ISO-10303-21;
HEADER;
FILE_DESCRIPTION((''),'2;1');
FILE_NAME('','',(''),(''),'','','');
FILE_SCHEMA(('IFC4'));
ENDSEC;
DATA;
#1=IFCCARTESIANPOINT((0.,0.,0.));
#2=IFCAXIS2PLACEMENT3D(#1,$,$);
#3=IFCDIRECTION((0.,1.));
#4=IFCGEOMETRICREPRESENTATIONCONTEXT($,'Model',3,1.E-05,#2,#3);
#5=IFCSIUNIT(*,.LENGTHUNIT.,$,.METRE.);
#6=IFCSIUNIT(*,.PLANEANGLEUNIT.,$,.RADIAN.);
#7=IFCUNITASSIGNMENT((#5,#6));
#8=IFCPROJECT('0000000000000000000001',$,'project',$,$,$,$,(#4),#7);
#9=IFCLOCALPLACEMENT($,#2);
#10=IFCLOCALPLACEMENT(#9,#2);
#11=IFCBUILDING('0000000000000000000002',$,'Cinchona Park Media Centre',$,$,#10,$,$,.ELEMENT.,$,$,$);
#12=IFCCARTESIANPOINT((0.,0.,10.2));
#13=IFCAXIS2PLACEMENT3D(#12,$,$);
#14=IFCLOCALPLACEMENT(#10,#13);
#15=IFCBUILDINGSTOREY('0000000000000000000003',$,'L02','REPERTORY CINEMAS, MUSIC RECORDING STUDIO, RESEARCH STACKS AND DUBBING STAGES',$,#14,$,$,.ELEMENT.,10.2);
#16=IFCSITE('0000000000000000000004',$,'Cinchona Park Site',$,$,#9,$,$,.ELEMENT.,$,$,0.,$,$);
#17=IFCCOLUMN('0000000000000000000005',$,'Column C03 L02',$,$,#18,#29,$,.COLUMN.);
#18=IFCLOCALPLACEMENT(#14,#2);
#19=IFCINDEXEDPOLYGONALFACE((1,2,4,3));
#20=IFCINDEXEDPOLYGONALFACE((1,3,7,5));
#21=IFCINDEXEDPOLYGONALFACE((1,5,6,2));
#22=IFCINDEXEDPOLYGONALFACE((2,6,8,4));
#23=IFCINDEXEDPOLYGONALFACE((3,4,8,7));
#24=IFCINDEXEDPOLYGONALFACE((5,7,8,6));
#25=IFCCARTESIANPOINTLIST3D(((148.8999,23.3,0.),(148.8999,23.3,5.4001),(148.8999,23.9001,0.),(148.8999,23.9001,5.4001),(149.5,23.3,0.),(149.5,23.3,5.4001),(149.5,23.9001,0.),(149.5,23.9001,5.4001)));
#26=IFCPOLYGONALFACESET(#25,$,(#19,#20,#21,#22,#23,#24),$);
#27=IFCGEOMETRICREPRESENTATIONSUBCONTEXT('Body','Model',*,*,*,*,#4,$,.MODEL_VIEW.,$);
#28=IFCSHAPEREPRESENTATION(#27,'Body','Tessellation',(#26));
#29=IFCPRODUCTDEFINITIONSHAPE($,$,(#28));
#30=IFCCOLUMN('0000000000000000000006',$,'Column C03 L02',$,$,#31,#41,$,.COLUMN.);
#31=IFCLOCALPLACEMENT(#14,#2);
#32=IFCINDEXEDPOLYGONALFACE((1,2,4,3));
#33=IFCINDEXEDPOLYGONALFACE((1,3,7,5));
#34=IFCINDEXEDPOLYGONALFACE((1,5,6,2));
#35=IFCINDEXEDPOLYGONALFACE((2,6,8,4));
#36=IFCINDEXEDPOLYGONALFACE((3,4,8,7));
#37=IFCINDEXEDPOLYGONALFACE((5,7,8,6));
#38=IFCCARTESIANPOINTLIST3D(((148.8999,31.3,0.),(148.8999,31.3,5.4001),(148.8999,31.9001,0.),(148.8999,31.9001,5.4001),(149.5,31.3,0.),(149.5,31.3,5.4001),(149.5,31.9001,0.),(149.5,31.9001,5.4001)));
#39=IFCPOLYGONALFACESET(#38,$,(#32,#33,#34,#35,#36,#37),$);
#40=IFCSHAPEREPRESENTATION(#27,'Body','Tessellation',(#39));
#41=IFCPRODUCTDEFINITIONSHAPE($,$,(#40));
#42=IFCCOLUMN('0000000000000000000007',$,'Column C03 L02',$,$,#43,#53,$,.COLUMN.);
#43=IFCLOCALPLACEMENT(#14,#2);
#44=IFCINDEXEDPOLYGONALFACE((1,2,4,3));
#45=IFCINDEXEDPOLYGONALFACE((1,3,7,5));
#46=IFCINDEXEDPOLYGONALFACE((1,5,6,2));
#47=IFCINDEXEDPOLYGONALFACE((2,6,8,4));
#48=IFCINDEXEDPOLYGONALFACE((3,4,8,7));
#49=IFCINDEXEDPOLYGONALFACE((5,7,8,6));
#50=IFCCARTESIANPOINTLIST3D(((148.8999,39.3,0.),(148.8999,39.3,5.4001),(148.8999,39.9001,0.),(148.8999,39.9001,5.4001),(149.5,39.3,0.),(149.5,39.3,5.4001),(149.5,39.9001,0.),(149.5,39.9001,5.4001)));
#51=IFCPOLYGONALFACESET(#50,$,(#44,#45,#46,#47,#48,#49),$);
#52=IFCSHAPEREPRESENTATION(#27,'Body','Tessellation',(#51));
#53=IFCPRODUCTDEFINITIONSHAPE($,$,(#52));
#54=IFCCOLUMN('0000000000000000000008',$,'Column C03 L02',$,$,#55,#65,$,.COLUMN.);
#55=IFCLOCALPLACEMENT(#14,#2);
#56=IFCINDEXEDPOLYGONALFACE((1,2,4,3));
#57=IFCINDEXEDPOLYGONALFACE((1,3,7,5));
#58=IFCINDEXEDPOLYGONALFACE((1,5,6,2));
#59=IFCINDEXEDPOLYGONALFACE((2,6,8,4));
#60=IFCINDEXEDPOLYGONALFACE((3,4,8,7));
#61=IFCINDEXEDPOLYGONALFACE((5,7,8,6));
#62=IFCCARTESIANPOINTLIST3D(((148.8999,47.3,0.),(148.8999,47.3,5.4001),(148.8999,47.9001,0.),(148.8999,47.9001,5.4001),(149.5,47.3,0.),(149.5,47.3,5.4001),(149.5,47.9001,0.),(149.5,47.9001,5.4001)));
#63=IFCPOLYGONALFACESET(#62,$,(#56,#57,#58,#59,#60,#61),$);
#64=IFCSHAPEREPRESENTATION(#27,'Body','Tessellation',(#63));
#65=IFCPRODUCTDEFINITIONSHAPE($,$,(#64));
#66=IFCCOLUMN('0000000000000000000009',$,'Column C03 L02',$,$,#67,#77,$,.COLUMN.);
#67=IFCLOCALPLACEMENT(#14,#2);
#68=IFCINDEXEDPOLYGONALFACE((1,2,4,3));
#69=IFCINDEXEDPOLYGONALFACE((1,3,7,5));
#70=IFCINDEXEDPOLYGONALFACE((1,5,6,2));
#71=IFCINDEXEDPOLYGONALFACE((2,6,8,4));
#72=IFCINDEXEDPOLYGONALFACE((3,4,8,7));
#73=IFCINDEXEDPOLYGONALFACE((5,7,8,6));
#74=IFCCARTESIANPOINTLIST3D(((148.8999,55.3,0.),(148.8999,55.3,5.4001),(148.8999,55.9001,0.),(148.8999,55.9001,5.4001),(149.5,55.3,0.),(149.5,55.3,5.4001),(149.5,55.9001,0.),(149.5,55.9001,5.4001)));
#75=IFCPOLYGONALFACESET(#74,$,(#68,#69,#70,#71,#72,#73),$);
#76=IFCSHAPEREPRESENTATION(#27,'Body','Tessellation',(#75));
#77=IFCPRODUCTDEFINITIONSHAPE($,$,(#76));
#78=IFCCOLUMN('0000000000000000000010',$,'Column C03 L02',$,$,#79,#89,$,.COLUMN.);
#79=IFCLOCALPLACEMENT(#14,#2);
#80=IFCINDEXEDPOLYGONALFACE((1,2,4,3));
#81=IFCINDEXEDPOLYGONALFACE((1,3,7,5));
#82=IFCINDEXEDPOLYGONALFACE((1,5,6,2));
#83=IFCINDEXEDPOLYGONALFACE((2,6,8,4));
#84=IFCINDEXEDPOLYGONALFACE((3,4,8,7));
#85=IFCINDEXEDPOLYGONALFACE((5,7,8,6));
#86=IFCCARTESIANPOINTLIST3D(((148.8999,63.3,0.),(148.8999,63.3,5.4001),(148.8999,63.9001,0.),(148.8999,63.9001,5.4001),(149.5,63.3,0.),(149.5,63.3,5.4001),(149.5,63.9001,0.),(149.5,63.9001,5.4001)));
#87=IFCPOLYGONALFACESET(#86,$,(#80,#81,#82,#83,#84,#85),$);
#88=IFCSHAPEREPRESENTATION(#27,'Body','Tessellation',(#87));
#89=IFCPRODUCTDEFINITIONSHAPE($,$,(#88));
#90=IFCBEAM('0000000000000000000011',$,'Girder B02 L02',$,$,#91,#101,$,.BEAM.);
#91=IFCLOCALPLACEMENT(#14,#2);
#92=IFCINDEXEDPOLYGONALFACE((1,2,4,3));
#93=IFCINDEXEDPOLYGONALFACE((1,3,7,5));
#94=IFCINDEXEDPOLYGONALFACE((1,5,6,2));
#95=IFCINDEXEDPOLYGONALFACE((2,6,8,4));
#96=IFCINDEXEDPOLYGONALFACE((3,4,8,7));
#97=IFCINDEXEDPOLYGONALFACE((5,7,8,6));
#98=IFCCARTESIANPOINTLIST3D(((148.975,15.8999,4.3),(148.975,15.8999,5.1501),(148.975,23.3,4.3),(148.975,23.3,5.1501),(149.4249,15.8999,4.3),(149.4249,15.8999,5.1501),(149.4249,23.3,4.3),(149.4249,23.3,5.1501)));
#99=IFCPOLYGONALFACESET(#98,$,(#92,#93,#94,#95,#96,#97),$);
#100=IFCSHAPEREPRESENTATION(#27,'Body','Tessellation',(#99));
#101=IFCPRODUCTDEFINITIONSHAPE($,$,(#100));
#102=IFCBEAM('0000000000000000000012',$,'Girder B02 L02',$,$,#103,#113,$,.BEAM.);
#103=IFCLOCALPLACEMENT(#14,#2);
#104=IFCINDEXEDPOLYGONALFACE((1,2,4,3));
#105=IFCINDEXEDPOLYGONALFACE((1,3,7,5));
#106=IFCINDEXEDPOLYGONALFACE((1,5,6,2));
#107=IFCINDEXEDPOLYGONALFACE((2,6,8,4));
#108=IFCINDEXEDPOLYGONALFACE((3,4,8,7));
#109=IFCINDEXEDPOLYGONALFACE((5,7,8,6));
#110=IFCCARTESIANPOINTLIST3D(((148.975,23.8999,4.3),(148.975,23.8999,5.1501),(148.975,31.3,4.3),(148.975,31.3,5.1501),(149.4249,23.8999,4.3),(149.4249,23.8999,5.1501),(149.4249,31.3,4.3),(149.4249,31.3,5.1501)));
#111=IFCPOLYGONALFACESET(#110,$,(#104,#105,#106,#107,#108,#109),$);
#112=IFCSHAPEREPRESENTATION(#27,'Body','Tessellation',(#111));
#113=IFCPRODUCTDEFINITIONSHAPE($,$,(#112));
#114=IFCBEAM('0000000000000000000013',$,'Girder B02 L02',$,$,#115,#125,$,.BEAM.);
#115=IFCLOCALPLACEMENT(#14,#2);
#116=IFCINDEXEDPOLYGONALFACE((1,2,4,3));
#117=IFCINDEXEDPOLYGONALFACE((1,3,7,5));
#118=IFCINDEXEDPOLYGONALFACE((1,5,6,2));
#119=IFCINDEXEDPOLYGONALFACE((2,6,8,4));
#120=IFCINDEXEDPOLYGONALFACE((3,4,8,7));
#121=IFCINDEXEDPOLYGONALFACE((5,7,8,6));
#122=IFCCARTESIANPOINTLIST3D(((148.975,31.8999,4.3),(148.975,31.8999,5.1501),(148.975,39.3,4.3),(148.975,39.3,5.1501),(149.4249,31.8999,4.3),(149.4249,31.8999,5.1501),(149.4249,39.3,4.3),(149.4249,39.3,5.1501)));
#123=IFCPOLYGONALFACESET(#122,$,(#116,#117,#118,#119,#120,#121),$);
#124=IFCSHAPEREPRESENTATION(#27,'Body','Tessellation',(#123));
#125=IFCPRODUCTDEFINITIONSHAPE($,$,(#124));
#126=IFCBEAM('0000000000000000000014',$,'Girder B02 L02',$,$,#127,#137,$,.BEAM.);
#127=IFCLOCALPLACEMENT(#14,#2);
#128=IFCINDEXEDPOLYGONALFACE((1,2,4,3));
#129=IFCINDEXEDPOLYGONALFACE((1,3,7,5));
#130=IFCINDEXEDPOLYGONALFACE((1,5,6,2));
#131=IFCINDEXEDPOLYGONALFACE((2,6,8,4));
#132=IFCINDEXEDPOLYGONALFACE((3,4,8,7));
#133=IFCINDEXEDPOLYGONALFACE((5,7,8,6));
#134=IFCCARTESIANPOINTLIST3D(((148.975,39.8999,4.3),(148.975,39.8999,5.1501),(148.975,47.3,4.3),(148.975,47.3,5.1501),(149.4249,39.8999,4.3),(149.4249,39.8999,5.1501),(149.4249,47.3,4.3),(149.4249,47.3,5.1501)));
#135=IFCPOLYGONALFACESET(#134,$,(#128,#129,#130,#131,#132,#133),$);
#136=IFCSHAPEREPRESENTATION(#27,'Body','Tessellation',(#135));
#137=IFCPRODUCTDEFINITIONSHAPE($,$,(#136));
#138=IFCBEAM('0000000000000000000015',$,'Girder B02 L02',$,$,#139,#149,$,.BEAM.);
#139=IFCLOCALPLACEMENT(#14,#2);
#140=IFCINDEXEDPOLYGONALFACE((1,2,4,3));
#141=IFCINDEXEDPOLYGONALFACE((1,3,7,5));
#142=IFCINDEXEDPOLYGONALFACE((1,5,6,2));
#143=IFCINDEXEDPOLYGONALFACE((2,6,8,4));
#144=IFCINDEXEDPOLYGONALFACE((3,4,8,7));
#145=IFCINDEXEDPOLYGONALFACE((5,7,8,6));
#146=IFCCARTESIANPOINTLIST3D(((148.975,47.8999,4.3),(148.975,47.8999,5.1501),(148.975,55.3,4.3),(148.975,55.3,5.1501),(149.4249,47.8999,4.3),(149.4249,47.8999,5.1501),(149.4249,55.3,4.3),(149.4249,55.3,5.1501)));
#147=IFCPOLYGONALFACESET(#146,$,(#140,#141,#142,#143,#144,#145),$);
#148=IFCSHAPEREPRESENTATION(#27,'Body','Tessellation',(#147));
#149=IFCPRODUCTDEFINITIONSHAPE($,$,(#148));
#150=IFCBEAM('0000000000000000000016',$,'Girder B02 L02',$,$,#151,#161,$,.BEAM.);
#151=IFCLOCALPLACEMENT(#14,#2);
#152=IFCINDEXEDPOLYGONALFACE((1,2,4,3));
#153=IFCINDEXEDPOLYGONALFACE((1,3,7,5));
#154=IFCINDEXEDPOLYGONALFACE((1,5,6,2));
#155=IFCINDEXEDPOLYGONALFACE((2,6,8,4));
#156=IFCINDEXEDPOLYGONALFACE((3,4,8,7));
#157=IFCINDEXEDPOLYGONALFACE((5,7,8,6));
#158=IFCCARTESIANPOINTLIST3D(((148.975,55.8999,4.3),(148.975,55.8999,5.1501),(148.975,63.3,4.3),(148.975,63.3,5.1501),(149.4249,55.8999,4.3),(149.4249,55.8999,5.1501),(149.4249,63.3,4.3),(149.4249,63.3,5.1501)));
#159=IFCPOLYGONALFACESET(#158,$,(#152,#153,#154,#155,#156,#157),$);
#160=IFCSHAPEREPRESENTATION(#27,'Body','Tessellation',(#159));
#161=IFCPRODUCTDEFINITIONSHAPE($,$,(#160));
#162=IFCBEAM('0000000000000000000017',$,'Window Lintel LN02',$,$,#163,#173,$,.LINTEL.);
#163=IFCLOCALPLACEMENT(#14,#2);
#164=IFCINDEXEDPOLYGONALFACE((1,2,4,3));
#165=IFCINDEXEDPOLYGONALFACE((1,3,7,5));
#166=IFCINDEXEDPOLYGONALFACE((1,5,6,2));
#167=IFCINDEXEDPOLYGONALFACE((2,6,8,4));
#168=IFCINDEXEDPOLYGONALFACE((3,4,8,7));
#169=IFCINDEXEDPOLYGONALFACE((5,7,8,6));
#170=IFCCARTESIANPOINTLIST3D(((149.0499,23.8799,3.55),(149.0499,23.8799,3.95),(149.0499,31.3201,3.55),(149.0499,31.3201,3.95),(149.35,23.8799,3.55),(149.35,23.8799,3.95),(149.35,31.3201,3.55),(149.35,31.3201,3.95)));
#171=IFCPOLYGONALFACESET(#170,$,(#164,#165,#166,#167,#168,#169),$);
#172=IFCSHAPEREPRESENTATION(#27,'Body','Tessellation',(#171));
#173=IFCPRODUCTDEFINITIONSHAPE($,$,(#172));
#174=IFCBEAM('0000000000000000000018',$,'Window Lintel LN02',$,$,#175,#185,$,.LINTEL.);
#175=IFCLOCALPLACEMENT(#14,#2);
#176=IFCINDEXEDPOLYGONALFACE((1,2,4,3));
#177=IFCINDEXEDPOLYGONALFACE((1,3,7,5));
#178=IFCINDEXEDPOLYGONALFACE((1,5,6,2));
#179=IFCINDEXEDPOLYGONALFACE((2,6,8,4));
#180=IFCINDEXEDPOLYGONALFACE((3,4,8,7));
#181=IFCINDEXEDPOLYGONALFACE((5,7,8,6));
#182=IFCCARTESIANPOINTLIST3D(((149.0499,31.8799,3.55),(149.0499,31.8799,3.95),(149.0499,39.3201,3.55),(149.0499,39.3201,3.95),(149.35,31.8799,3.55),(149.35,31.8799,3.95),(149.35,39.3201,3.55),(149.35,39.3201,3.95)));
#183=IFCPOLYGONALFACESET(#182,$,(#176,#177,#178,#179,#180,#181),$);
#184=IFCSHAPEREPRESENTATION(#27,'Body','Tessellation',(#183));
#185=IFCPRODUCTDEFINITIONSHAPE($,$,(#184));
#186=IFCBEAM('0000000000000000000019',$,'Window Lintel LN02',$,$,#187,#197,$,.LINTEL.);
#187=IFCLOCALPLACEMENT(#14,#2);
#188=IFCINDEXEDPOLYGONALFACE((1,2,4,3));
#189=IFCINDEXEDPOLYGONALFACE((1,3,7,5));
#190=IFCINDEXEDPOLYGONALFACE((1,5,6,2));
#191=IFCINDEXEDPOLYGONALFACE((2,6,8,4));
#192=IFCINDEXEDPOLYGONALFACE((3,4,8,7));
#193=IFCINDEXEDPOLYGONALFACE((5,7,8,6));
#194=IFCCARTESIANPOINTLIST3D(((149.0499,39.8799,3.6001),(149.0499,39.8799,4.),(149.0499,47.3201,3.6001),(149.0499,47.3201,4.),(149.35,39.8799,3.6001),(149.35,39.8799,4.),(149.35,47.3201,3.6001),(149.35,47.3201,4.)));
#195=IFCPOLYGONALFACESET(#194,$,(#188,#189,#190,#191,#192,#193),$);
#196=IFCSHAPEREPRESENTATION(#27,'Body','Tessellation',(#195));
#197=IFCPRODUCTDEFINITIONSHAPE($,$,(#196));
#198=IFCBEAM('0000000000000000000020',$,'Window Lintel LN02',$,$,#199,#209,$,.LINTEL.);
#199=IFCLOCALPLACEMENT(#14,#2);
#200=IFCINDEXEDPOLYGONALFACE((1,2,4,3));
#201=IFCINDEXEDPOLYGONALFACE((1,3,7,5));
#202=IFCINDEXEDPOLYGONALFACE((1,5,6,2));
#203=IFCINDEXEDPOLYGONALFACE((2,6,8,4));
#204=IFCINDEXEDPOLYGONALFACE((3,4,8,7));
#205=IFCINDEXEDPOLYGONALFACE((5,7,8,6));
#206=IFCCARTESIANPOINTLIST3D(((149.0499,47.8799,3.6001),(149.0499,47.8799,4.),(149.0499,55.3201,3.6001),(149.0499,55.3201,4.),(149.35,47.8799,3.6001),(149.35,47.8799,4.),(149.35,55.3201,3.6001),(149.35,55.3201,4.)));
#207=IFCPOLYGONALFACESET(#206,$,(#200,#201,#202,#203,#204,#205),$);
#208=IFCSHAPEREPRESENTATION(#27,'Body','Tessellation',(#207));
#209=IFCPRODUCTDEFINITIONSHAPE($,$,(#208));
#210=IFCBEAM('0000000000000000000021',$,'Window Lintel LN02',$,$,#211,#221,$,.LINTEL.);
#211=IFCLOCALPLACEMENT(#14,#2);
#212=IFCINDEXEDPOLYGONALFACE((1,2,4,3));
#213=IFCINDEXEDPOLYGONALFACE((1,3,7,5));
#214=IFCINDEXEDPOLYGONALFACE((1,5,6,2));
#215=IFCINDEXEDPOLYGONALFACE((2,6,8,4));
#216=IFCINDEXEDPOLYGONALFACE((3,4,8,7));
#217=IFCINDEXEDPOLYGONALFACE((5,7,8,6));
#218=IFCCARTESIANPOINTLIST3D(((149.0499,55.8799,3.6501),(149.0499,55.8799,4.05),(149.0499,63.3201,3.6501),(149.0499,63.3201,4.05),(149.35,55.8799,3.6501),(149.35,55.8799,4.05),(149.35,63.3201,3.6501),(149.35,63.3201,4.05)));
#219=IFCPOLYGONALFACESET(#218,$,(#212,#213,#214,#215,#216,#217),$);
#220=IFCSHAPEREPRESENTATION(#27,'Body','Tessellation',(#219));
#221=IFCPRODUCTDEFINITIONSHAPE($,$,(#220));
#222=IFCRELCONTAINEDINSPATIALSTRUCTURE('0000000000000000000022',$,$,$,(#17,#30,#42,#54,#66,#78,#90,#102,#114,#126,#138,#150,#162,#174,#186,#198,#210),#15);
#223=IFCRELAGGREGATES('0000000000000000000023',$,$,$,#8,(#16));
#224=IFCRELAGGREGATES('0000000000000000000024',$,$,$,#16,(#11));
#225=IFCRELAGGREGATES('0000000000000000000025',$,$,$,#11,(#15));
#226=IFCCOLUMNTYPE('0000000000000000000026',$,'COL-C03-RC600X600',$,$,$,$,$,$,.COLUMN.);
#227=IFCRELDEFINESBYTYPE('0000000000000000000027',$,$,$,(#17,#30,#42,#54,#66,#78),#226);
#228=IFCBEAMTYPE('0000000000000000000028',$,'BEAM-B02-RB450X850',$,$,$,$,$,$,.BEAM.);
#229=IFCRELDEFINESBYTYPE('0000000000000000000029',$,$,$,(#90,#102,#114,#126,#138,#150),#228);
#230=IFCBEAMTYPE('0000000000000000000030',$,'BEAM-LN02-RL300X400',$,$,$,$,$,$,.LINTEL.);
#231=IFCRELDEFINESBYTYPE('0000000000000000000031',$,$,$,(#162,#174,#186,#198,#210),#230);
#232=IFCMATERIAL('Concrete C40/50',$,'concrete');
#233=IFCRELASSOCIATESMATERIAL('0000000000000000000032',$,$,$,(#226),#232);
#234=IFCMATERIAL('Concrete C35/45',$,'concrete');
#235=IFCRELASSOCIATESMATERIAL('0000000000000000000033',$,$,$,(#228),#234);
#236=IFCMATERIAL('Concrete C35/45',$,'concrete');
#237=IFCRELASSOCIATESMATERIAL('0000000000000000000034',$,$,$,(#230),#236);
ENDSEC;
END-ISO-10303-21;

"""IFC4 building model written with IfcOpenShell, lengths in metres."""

from ifc_helpers import new_model, si_unit, direction, frame, origin, origin_2d, place, context, subcontext, project, spatial, rectangle, extrude, material, material_profile, profile_set, type_object, element, save


model = new_model("IFC4")

# Units and contexts
model_context = context("Model", 3, precision=1e-05, world=origin(), true_north=direction((0.0, 1.0)))
body_context = subcontext(model_context, "Body", "Model", "MODEL_VIEW")
ifc_project = project(units=[si_unit("LENGTHUNIT", "METRE"), si_unit("PLANEANGLEUNIT", "RADIAN")], contexts=[model_context])

# Site, building, storey
site_placement = place(None, origin())
site = spatial("IfcSite", under=ifc_project, at=site_placement, Name="Cinchona Park Site", CompositionType="ELEMENT", RefElevation=0.0)
building_placement = place(site_placement, origin())
building = spatial("IfcBuilding", under=site, at=building_placement, Name="Cinchona Park Media Centre", CompositionType="ELEMENT")
storey_placement = place(building_placement, frame((0.0, 0.0, 10.2)))
storey = spatial("IfcBuildingStorey", under=building, at=storey_placement, Name="L02", Description="REPERTORY CINEMAS, MUSIC RECORDING STUDIO, RESEARCH STACKS AND DUBBING STAGES", CompositionType="ELEMENT", Elevation=10.2)

# Columns
ifc_material_1 = material(Name="Concrete C40/50", Category="concrete")
ifc_material_profile_1 = material_profile(ifc_material_1, rectangle(XDim=0.6001, YDim=0.6001, at=origin_2d()), Name="RC 600X600")
ifc_profile_set_1 = profile_set([ifc_material_profile_1], Name="Concrete C40/50")
column_type = type_object("IfcColumnType", Name="COL-C03-RC600X600", PredefinedType="COLUMN", material=ifc_profile_set_1)
for number, where, z_axis, x_axis, name in (
    (1, (149.2, 23.6001, 0.0), (0.0, 0.0, 1.0), (1.0, 0.0, 0.0), "Column C03 L02"),
    (2, (149.2, 31.6001, 0.0), (0.0, 0.0, 1.0), (1.0, 0.0, 0.0), "Column C03 L02"),
    (3, (149.2, 39.6001, 0.0), (0.0, 0.0, 1.0), (1.0, 0.0, 0.0), "Column C03 L02"),
    (4, (149.2, 47.6001, 0.0), (0.0, 0.0, 1.0), (1.0, 0.0, 0.0), "Column C03 L02"),
    (5, (149.2, 55.6001, 0.0), (0.0, 0.0, 1.0), (1.0, 0.0, 0.0), "Column C03 L02"),
    (6, (149.2, 63.6001, 0.0), (0.0, 0.0, 1.0), (1.0, 0.0, 0.0), "Column C03 L02"),
):
    element("IfcColumn", number, at=place(storey_placement, frame(where, z_axis=z_axis, x_axis=x_axis)), inside=storey, type_object=column_type, Name=name, PredefinedType="COLUMN", context=body_context, shape_type="SweptSolid", body=[
        extrude(rectangle(XDim=0.6001, YDim=0.6001, at=origin_2d()), origin(), (0.0, 0.0, 1.0), 5.4001),
    ])

# Beams
ifc_material_2 = material(Name="Concrete C35/45", Category="concrete")
ifc_material_profile_2 = material_profile(ifc_material_2, rectangle(XDim=0.45, YDim=0.8501, at=origin_2d()), Name="RB 450X850")
ifc_profile_set_2 = profile_set([ifc_material_profile_2], Name="Concrete C35/45")
beam_type_1 = type_object("IfcBeamType", Name="BEAM-B02-RB450X850", PredefinedType="BEAM", material=ifc_profile_set_2)
for number, where, z_axis, x_axis, name in (
    (7, (149.2, 15.8999, 4.7251), (0.0, 1.0, 0.0), (-1.0, 0.0, 0.0), "Girder B02 L02"),
    (8, (149.2, 23.8999, 4.7251), (0.0, 1.0, 0.0), (-1.0, 0.0, 0.0), "Girder B02 L02"),
    (9, (149.2, 31.8999, 4.7251), (0.0, 1.0, 0.0), (-1.0, 0.0, 0.0), "Girder B02 L02"),
    (10, (149.2, 39.8999, 4.7251), (0.0, 1.0, 0.0), (-1.0, 0.0, 0.0), "Girder B02 L02"),
    (11, (149.2, 47.8999, 4.7251), (0.0, 1.0, 0.0), (-1.0, 0.0, 0.0), "Girder B02 L02"),
    (12, (149.2, 55.8999, 4.7251), (0.0, 1.0, 0.0), (-1.0, 0.0, 0.0), "Girder B02 L02"),
):
    element("IfcBeam", number, at=place(storey_placement, frame(where, z_axis=z_axis, x_axis=x_axis)), inside=storey, type_object=beam_type_1, Name=name, PredefinedType="BEAM", context=body_context, shape_type="SweptSolid", body=[
        extrude(rectangle(XDim=0.45, YDim=0.8501, at=origin_2d()), origin(), (0.0, 0.0, 1.0), 7.4001),
    ])
ifc_material_3 = material(Name="Concrete C35/45", Category="concrete")
ifc_material_profile_3 = material_profile(ifc_material_3, rectangle(XDim=0.3, YDim=0.3999, at=origin_2d()), Name="RL 300X400")
ifc_profile_set_3 = profile_set([ifc_material_profile_3], Name="Concrete C35/45")
beam_type_2 = type_object("IfcBeamType", Name="BEAM-LN02-RL300X400", PredefinedType="LINTEL", material=ifc_profile_set_3)
for number, where, z_axis, x_axis, name in (
    (13, (149.2, 23.8799, 3.75), (0.0, 1.0, 0.0), (-1.0, 0.0, 0.0), "Window Lintel LN02"),
    (14, (149.2, 31.8799, 3.75), (0.0, 1.0, 0.0), (-1.0, 0.0, 0.0), "Window Lintel LN02"),
    (15, (149.2, 39.8799, 3.8), (0.0, 1.0, 0.0), (-1.0, 0.0, 0.0), "Window Lintel LN02"),
    (16, (149.2, 47.8799, 3.8), (0.0, 1.0, 0.0), (-1.0, 0.0, 0.0), "Window Lintel LN02"),
    (17, (149.2, 55.8799, 3.8501), (0.0, 1.0, 0.0), (-1.0, 0.0, 0.0), "Window Lintel LN02"),
):
    element("IfcBeam", number, at=place(storey_placement, frame(where, z_axis=z_axis, x_axis=x_axis)), inside=storey, type_object=beam_type_2, Name=name, PredefinedType="LINTEL", context=body_context, shape_type="SweptSolid", body=[
        extrude(rectangle(XDim=0.3, YDim=0.3999, at=origin_2d()), origin(), (0.0, 0.0, 1.0), 7.4402),
    ])

save(model, "model.ifc")
